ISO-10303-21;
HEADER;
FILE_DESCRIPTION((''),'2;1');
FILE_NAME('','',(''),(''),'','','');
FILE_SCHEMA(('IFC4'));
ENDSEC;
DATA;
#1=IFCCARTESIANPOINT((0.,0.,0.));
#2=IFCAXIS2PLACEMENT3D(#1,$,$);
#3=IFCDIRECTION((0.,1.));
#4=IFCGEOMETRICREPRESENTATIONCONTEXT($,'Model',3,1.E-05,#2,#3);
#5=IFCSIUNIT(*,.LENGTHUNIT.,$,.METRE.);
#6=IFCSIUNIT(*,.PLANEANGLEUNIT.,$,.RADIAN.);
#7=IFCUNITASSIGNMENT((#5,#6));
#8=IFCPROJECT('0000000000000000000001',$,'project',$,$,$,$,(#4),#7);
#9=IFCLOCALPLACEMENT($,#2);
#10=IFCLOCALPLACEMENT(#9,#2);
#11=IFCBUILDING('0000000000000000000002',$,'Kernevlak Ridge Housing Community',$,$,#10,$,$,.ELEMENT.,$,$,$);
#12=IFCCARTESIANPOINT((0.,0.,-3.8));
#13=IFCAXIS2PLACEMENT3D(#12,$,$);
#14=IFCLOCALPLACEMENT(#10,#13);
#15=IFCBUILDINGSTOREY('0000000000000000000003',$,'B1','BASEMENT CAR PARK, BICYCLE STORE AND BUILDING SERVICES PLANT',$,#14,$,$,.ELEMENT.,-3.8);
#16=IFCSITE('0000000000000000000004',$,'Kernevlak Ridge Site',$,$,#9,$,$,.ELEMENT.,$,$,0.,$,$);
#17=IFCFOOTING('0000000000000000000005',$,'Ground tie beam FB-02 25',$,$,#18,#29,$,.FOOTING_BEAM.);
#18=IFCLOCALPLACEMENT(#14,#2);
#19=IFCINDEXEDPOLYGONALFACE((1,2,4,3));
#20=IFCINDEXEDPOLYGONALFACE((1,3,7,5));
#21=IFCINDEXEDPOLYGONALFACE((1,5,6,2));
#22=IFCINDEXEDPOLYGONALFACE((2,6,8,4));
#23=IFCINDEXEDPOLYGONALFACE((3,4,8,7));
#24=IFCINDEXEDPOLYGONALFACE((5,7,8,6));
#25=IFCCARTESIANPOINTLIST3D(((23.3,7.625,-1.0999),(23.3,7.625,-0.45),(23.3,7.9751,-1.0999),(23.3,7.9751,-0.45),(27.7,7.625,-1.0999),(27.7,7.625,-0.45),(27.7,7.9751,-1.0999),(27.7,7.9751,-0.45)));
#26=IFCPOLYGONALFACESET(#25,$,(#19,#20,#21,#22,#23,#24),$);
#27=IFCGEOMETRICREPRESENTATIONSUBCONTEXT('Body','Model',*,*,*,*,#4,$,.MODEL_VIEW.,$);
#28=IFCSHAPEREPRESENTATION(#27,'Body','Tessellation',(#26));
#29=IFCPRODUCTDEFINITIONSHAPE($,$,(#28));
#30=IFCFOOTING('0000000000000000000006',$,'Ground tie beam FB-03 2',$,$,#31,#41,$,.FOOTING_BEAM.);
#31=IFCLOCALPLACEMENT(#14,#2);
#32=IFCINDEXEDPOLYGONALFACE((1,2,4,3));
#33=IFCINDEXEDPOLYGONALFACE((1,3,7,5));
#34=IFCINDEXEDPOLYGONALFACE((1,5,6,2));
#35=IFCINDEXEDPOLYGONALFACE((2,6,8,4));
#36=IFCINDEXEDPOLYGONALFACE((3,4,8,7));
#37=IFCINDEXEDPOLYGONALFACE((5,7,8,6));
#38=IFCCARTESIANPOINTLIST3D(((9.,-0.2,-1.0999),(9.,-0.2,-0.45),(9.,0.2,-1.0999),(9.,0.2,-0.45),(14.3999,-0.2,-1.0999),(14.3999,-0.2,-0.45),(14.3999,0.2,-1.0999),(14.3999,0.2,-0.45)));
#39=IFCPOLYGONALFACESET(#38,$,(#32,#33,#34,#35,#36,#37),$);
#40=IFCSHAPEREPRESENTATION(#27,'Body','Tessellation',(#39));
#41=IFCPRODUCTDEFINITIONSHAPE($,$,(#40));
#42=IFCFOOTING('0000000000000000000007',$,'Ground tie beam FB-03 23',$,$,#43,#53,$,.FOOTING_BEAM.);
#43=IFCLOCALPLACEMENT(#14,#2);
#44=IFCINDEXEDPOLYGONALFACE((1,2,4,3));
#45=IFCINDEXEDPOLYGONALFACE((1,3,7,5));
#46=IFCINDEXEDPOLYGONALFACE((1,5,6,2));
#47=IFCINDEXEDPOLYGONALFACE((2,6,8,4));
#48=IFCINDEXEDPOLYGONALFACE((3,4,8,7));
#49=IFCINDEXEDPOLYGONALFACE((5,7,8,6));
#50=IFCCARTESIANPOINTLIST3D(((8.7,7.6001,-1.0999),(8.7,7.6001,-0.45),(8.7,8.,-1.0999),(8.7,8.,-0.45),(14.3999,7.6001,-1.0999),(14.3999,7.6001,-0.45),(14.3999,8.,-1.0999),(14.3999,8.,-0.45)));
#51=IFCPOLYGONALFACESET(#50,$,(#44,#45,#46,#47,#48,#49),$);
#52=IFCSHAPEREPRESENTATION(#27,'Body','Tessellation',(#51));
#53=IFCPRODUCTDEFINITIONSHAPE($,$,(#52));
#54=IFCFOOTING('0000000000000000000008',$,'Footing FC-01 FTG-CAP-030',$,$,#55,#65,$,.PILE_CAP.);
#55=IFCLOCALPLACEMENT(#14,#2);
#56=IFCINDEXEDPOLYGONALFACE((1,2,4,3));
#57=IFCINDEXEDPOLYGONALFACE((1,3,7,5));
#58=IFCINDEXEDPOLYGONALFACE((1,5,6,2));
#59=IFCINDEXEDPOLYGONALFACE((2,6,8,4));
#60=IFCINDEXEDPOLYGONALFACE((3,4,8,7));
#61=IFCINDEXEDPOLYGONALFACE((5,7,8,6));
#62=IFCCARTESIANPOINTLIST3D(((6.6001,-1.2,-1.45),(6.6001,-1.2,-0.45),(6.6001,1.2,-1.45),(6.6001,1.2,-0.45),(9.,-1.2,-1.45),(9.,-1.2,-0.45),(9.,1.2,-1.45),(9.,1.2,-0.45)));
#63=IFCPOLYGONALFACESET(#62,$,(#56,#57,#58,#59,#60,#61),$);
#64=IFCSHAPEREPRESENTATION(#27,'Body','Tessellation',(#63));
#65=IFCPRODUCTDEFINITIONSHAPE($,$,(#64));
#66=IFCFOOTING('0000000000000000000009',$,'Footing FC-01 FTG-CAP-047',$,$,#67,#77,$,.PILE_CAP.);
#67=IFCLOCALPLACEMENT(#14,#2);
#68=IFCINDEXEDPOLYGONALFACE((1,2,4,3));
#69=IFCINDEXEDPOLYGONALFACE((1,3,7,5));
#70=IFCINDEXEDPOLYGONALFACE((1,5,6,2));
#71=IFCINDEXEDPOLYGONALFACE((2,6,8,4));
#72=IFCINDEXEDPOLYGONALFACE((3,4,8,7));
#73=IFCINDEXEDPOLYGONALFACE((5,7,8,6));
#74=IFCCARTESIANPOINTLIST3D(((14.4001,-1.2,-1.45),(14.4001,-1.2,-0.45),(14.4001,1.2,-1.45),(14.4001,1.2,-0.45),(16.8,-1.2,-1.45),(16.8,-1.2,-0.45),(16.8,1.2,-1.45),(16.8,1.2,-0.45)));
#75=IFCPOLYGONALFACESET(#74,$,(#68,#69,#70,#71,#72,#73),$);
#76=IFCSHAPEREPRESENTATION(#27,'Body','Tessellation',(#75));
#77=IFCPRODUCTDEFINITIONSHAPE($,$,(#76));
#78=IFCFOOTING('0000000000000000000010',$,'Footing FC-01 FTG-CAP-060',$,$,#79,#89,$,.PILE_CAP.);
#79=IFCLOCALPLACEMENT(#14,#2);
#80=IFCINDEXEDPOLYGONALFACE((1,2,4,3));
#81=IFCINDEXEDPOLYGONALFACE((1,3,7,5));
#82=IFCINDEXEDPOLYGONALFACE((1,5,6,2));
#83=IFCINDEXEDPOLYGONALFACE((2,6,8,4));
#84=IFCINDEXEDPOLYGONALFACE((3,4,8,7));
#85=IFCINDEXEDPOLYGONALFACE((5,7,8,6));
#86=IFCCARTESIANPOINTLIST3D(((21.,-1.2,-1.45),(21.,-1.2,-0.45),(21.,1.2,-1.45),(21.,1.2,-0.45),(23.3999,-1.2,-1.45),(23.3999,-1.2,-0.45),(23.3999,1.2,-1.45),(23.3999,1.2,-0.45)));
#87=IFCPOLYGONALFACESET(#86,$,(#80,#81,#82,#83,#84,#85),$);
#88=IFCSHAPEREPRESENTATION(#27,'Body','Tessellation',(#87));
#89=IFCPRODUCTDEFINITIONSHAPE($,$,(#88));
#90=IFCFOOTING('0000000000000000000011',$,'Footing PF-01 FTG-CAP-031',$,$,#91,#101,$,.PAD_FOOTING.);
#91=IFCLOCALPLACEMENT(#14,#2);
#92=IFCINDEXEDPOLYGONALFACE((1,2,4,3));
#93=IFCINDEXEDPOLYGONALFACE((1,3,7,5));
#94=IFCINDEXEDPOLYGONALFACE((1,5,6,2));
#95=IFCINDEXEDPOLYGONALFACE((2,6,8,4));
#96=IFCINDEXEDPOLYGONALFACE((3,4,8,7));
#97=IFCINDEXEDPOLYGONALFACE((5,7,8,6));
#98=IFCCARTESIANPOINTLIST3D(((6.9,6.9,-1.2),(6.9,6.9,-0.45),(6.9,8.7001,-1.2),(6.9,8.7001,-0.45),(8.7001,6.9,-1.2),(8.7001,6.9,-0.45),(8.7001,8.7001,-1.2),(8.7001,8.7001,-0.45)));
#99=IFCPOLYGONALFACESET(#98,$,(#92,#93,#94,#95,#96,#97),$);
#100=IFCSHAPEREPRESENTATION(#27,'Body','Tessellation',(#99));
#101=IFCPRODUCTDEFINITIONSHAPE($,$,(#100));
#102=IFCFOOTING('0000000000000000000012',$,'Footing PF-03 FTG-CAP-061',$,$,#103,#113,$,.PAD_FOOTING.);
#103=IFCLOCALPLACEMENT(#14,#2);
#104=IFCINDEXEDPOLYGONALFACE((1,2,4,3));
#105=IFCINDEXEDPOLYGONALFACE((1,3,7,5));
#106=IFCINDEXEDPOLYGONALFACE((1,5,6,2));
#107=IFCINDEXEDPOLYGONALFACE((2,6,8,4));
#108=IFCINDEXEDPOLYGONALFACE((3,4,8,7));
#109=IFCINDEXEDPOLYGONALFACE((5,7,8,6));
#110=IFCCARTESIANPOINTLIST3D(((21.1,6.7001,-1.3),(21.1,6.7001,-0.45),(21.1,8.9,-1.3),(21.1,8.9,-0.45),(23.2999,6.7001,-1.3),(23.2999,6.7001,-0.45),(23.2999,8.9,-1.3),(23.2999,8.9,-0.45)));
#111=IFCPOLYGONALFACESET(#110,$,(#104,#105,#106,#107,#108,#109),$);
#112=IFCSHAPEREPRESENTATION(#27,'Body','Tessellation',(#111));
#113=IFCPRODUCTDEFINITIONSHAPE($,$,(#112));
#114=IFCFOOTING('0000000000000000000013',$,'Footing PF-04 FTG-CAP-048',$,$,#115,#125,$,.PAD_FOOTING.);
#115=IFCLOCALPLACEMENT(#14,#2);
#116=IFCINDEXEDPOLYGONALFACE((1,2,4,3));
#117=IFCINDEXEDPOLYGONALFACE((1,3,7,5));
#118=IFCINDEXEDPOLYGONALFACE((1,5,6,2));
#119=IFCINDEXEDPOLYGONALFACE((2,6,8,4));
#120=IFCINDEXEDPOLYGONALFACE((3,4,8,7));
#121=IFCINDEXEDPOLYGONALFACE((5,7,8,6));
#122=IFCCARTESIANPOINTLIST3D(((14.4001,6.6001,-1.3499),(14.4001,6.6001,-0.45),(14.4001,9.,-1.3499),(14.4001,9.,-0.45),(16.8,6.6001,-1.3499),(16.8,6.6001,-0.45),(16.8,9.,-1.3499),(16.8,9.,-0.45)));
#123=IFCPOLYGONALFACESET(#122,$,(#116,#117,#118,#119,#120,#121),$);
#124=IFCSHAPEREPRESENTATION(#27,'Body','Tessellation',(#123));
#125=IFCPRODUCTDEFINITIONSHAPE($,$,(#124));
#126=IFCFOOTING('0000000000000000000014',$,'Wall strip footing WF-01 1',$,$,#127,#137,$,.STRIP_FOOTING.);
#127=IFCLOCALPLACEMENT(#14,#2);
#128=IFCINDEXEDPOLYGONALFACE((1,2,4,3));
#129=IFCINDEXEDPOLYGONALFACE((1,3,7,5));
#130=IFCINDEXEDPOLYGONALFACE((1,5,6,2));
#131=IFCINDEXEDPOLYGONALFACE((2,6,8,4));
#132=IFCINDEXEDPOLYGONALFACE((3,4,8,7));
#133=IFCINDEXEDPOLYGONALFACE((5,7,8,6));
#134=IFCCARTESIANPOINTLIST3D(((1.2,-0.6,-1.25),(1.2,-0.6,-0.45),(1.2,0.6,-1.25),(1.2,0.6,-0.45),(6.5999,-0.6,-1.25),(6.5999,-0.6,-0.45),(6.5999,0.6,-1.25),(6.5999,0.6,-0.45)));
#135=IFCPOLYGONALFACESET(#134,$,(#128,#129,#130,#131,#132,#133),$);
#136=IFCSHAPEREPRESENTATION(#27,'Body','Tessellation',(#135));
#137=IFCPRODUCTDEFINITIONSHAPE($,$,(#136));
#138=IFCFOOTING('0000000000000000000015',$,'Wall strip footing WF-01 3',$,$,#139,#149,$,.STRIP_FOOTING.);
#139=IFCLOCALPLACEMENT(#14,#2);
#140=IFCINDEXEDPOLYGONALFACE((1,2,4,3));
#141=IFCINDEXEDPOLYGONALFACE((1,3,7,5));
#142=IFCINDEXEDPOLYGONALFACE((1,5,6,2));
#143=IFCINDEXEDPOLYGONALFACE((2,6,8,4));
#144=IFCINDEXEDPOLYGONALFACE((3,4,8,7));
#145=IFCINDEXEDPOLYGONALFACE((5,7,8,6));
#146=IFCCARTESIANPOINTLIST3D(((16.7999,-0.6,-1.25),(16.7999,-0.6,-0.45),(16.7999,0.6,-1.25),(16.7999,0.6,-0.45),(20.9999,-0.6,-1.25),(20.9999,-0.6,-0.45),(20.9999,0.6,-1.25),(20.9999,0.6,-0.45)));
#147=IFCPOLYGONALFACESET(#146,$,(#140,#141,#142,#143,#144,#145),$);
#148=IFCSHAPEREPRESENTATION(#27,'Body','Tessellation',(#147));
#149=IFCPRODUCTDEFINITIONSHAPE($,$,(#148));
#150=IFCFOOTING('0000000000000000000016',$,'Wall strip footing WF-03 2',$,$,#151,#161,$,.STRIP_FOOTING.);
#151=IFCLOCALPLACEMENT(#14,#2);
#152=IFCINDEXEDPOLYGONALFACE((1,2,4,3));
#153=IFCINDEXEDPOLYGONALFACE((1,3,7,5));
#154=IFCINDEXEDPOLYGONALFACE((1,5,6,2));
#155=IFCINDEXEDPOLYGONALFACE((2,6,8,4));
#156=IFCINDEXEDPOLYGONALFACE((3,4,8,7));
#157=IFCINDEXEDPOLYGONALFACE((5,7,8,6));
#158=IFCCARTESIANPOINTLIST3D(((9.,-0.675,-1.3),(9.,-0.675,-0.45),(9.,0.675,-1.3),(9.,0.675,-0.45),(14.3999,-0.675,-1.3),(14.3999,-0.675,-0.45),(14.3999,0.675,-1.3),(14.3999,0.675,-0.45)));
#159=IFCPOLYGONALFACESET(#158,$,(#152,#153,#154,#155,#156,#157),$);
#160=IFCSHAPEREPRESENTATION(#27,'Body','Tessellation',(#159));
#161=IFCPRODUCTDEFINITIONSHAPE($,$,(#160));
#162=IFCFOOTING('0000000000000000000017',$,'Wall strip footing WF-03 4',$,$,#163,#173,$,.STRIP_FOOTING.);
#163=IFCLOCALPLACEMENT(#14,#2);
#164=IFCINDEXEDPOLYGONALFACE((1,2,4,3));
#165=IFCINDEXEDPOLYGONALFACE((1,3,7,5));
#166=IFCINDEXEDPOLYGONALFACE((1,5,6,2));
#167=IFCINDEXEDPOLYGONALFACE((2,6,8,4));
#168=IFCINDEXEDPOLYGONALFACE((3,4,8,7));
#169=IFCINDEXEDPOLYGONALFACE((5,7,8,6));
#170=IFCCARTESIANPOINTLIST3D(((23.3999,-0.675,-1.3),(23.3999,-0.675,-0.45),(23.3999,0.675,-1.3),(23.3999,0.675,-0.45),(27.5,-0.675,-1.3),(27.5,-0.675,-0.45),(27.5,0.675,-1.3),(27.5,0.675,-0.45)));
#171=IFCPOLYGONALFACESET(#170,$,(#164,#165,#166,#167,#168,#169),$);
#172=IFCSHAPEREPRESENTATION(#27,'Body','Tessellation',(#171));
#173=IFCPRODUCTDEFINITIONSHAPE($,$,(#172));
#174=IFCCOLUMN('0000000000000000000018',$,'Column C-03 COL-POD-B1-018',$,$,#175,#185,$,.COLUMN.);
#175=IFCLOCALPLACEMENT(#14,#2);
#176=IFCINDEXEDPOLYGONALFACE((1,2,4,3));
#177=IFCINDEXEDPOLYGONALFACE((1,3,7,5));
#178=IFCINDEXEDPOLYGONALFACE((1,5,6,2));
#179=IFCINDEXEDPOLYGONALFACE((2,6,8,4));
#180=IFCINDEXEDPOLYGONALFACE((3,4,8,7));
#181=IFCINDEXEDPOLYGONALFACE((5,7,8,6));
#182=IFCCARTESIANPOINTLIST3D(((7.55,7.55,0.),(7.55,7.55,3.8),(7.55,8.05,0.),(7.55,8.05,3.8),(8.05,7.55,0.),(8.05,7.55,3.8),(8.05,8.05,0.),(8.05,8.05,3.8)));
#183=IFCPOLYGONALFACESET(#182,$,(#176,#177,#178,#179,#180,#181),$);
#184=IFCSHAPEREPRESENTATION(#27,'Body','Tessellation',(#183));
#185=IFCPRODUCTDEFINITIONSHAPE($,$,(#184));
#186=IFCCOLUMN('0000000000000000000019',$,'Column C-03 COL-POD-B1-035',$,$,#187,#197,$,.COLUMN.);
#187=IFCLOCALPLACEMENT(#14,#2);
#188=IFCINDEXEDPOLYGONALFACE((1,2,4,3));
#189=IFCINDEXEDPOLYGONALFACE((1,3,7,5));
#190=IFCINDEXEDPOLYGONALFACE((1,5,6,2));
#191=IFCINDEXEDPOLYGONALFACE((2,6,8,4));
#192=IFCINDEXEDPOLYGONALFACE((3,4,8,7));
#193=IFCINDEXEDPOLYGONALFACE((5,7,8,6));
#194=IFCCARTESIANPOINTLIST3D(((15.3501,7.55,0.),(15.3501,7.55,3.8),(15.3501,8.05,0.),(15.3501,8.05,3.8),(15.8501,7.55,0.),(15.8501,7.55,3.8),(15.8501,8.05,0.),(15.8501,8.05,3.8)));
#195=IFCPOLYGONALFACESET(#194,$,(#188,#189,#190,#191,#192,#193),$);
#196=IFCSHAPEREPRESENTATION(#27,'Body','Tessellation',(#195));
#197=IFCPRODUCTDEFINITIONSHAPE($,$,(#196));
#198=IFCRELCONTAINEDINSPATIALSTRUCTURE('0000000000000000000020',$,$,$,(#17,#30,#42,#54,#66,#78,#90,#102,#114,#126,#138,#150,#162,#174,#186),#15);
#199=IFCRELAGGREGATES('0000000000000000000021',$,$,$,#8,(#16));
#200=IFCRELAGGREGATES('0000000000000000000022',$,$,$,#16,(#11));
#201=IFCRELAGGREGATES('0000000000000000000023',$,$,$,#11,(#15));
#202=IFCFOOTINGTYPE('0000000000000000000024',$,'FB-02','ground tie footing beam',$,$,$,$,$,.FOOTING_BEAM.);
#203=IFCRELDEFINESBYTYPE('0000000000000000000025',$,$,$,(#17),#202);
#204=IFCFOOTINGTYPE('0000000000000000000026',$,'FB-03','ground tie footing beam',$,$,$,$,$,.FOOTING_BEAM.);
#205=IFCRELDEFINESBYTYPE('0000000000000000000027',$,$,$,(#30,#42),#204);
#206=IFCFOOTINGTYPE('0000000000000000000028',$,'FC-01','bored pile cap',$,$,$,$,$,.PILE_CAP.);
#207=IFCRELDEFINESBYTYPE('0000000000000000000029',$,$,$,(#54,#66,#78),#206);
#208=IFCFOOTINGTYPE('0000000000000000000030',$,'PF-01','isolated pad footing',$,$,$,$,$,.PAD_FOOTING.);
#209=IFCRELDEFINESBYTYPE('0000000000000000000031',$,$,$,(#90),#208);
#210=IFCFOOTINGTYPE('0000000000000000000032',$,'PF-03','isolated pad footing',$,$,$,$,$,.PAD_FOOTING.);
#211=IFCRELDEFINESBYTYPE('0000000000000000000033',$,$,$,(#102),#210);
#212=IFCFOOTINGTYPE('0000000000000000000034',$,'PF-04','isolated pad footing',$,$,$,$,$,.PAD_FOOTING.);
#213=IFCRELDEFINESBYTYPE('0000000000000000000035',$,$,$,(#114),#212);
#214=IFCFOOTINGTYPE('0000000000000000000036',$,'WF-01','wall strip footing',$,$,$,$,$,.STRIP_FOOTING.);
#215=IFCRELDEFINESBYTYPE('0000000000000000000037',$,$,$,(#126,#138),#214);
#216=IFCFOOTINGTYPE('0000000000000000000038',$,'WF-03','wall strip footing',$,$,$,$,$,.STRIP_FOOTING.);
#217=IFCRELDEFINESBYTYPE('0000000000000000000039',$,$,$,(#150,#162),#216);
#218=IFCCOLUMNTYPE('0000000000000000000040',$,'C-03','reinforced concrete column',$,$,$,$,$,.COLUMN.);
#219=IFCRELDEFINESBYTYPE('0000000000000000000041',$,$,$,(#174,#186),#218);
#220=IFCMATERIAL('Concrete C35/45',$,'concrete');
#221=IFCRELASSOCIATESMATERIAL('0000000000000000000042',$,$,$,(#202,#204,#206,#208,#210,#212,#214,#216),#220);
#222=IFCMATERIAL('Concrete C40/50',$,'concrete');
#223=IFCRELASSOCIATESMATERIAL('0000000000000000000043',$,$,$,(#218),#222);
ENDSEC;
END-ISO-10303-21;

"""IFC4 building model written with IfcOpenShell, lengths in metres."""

from ifc_helpers import new_model, si_unit, direction, frame, origin, origin_2d, place, context, subcontext, project, spatial, rectangle, extrude, material, material_profile, profile_set, type_object, element, save


model = new_model("IFC4")

# Units and contexts
model_context = context("Model", 3, precision=1e-05, world=origin(), true_north=direction((0.0, 1.0)))
body_context = subcontext(model_context, "Body", "Model", "MODEL_VIEW")
ifc_project = project(units=[si_unit("LENGTHUNIT", "METRE"), si_unit("PLANEANGLEUNIT", "RADIAN")], contexts=[model_context])

# Site, building, storey
site_placement = place(None, origin())
site = spatial("IfcSite", under=ifc_project, at=site_placement, Name="Kernevlak Ridge Site", CompositionType="ELEMENT", RefElevation=0.0)
building_placement = place(site_placement, origin())
building = spatial("IfcBuilding", under=site, at=building_placement, Name="Kernevlak Ridge Housing Community", CompositionType="ELEMENT")
storey_placement = place(building_placement, frame((0.0, 0.0, -3.8)))
storey = spatial("IfcBuildingStorey", under=building, at=storey_placement, Name="B1", Description="BASEMENT CAR PARK, BICYCLE STORE AND BUILDING SERVICES PLANT", CompositionType="ELEMENT", Elevation=-3.8)

# Shared definitions
ifc_material_1 = material(Name="Concrete C35/45", Category="concrete")

# Footings
ifc_material_profile_1 = material_profile(ifc_material_1, rectangle(XDim=0.3501, YDim=0.6499, at=origin_2d()), Name="RC 350x650")
ifc_profile_set_1 = profile_set([ifc_material_profile_1], Name="Concrete C35/45")
footing_type_1 = type_object("IfcFootingType", Name="FB-02", Description="ground tie footing beam", PredefinedType="FOOTING_BEAM", material=ifc_profile_set_1)
footing_1_placement = place(storey_placement, frame((23.3, 7.8, -0.7749), z_axis=(1.0, 0.0, 0.0), x_axis=(0.0, 1.0, 0.0)))
element("IfcFooting", 1, at=footing_1_placement, inside=storey, type_object=footing_type_1, Name="Ground tie beam FB-02 25", PredefinedType="FOOTING_BEAM", context=body_context, shape_type="SweptSolid", body=[
    extrude(rectangle(XDim=0.3501, YDim=0.6499, at=origin_2d()), origin(), (0.0, 0.0, 1.0), 4.3999),
])
ifc_material_profile_2 = material_profile(ifc_material_1, rectangle(XDim=0.3999, YDim=0.6499, at=origin_2d()), Name="RC 400x650")
ifc_profile_set_2 = profile_set([ifc_material_profile_2], Name="Concrete C35/45")
footing_type_2 = type_object("IfcFootingType", Name="FB-03", Description="ground tie footing beam", PredefinedType="FOOTING_BEAM", material=ifc_profile_set_2)
footing_2_placement = place(storey_placement, frame((9.0, 0.0, -0.7749), z_axis=(1.0, 0.0, 0.0), x_axis=(0.0, 1.0, 0.0)))
element("IfcFooting", 2, at=footing_2_placement, inside=storey, type_object=footing_type_2, Name="Ground tie beam FB-03 2", PredefinedType="FOOTING_BEAM", context=body_context, shape_type="SweptSolid", body=[
    extrude(rectangle(XDim=0.3999, YDim=0.6499, at=origin_2d()), origin(), (0.0, 0.0, 1.0), 5.3999),
])
footing_3_placement = place(storey_placement, frame((8.7, 7.8, -0.7749), z_axis=(1.0, 0.0, 0.0), x_axis=(0.0, 1.0, 0.0)))
element("IfcFooting", 3, at=footing_3_placement, inside=storey, type_object=footing_type_2, Name="Ground tie beam FB-03 23", PredefinedType="FOOTING_BEAM", context=body_context, shape_type="SweptSolid", body=[
    extrude(rectangle(XDim=0.3999, YDim=0.6499, at=origin_2d()), origin(), (0.0, 0.0, 1.0), 5.7),
])
footing_type_3 = type_object("IfcFootingType", Name="FC-01", Description="bored pile cap", PredefinedType="PILE_CAP", material=ifc_material_1)
for number, where, z_axis, x_axis, name in (
    (4, (7.8, 0.0, -1.45), (0.0, 0.0, 1.0), (1.0, 0.0, 0.0), "Footing FC-01 FTG-CAP-030"),
    (5, (15.6001, 0.0, -1.45), (0.0, 0.0, 1.0), (1.0, 0.0, 0.0), "Footing FC-01 FTG-CAP-047"),
    (6, (22.2, 0.0, -1.45), (0.0, 0.0, 1.0), (1.0, 0.0, 0.0), "Footing FC-01 FTG-CAP-060"),
):
    element("IfcFooting", number, at=place(storey_placement, frame(where, z_axis=z_axis, x_axis=x_axis)), inside=storey, type_object=footing_type_3, Name=name, PredefinedType="PILE_CAP", context=body_context, shape_type="SweptSolid", body=[
        extrude(rectangle(XDim=2.3999, YDim=2.3999, at=origin_2d()), origin(), (0.0, 0.0, 1.0), 1.0),
    ])
footing_type_4 = type_object("IfcFootingType", Name="PF-01", Description="isolated pad footing", PredefinedType="PAD_FOOTING", material=ifc_material_1)
footing_4_placement = place(storey_placement, frame((7.8, 7.8, -1.2), z_axis=(0.0, 0.0, 1.0), x_axis=(1.0, 0.0, 0.0)))
element("IfcFooting", 7, at=footing_4_placement, inside=storey, type_object=footing_type_4, Name="Footing PF-01 FTG-CAP-031", PredefinedType="PAD_FOOTING", context=body_context, shape_type="SweptSolid", body=[
    extrude(rectangle(XDim=1.8, YDim=1.8, at=origin_2d()), origin(), (0.0, 0.0, 1.0), 0.75),
])
footing_type_5 = type_object("IfcFootingType", Name="PF-03", Description="isolated pad footing", PredefinedType="PAD_FOOTING", material=ifc_material_1)
footing_5_placement = place(storey_placement, frame((22.2, 7.8, -1.3), z_axis=(0.0, 0.0, 1.0), x_axis=(1.0, 0.0, 0.0)))
element("IfcFooting", 8, at=footing_5_placement, inside=storey, type_object=footing_type_5, Name="Footing PF-03 FTG-CAP-061", PredefinedType="PAD_FOOTING", context=body_context, shape_type="SweptSolid", body=[
    extrude(rectangle(XDim=2.2, YDim=2.2, at=origin_2d()), origin(), (0.0, 0.0, 1.0), 0.8501),
])
footing_type_6 = type_object("IfcFootingType", Name="PF-04", Description="isolated pad footing", PredefinedType="PAD_FOOTING", material=ifc_material_1)
footing_6_placement = place(storey_placement, frame((15.6001, 7.8, -1.3499), z_axis=(0.0, 0.0, 1.0), x_axis=(1.0, 0.0, 0.0)))
element("IfcFooting", 9, at=footing_6_placement, inside=storey, type_object=footing_type_6, Name="Footing PF-04 FTG-CAP-048", PredefinedType="PAD_FOOTING", context=body_context, shape_type="SweptSolid", body=[
    extrude(rectangle(XDim=2.3999, YDim=2.3999, at=origin_2d()), origin(), (0.0, 0.0, 1.0), 0.8999),
])
footing_type_7 = type_object("IfcFootingType", Name="WF-01", Description="wall strip footing", PredefinedType="STRIP_FOOTING", material=ifc_material_1)
footing_7_placement = place(storey_placement, frame((3.8999, 0.0, -1.25), z_axis=(0.0, 0.0, 1.0), x_axis=(1.0, 0.0, 0.0)))
element("IfcFooting", 10, at=footing_7_placement, inside=storey, type_object=footing_type_7, Name="Wall strip footing WF-01 1", PredefinedType="STRIP_FOOTING", context=body_context, shape_type="SweptSolid", body=[
    extrude(rectangle(XDim=5.3999, YDim=1.2, at=origin_2d()), origin(), (0.0, 0.0, 1.0), 0.8),
])
footing_8_placement = place(storey_placement, frame((18.8999, 0.0, -1.25), z_axis=(0.0, 0.0, 1.0), x_axis=(1.0, 0.0, 0.0)))
element("IfcFooting", 11, at=footing_8_placement, inside=storey, type_object=footing_type_7, Name="Wall strip footing WF-01 3", PredefinedType="STRIP_FOOTING", context=body_context, shape_type="SweptSolid", body=[
    extrude(rectangle(XDim=4.2, YDim=1.2, at=origin_2d()), origin(), (0.0, 0.0, 1.0), 0.8),
])
footing_type_8 = type_object("IfcFootingType", Name="WF-03", Description="wall strip footing", PredefinedType="STRIP_FOOTING", material=ifc_material_1)
footing_9_placement = place(storey_placement, frame((11.7, 0.0, -1.3), z_axis=(0.0, 0.0, 1.0), x_axis=(1.0, 0.0, 0.0)))
element("IfcFooting", 12, at=footing_9_placement, inside=storey, type_object=footing_type_8, Name="Wall strip footing WF-03 2", PredefinedType="STRIP_FOOTING", context=body_context, shape_type="SweptSolid", body=[
    extrude(rectangle(XDim=5.3999, YDim=1.3501, at=origin_2d()), origin(), (0.0, 0.0, 1.0), 0.8501),
])
footing_10_placement = place(storey_placement, frame((25.45, 0.0, -1.3), z_axis=(0.0, 0.0, 1.0), x_axis=(1.0, 0.0, 0.0)))
element("IfcFooting", 13, at=footing_10_placement, inside=storey, type_object=footing_type_8, Name="Wall strip footing WF-03 4", PredefinedType="STRIP_FOOTING", context=body_context, shape_type="SweptSolid", body=[
    extrude(rectangle(XDim=4.1001, YDim=1.3501, at=origin_2d()), origin(), (0.0, 0.0, 1.0), 0.8501),
])

# Columns
ifc_material_2 = material(Name="Concrete C40/50", Category="concrete")
ifc_material_profile_3 = material_profile(ifc_material_2, rectangle(XDim=0.5, YDim=0.5, at=origin_2d()), Name="RC 500x500")
ifc_profile_set_3 = profile_set([ifc_material_profile_3], Name="Concrete C40/50")
column_type_1 = type_object("IfcColumnType", Name="C-03", Description="reinforced concrete column", PredefinedType="COLUMN", material=ifc_profile_set_3)
for number, where, z_axis, x_axis, name in (
    (14, (7.8, 7.8, 0.0), (0.0, 0.0, 1.0), (1.0, 0.0, 0.0), "Column C-03 COL-POD-B1-018"),
    (15, (15.6001, 7.8, 0.0), (0.0, 0.0, 1.0), (1.0, 0.0, 0.0), "Column C-03 COL-POD-B1-035"),
):
    element("IfcColumn", number, at=place(storey_placement, frame(where, z_axis=z_axis, x_axis=x_axis)), inside=storey, type_object=column_type_1, Name=name, PredefinedType="COLUMN", context=body_context, shape_type="SweptSolid", body=[
        extrude(rectangle(XDim=0.5, YDim=0.5, at=origin_2d()), origin(), (0.0, 0.0, 1.0), 3.8),
    ])

save(model, "model.ifc")
